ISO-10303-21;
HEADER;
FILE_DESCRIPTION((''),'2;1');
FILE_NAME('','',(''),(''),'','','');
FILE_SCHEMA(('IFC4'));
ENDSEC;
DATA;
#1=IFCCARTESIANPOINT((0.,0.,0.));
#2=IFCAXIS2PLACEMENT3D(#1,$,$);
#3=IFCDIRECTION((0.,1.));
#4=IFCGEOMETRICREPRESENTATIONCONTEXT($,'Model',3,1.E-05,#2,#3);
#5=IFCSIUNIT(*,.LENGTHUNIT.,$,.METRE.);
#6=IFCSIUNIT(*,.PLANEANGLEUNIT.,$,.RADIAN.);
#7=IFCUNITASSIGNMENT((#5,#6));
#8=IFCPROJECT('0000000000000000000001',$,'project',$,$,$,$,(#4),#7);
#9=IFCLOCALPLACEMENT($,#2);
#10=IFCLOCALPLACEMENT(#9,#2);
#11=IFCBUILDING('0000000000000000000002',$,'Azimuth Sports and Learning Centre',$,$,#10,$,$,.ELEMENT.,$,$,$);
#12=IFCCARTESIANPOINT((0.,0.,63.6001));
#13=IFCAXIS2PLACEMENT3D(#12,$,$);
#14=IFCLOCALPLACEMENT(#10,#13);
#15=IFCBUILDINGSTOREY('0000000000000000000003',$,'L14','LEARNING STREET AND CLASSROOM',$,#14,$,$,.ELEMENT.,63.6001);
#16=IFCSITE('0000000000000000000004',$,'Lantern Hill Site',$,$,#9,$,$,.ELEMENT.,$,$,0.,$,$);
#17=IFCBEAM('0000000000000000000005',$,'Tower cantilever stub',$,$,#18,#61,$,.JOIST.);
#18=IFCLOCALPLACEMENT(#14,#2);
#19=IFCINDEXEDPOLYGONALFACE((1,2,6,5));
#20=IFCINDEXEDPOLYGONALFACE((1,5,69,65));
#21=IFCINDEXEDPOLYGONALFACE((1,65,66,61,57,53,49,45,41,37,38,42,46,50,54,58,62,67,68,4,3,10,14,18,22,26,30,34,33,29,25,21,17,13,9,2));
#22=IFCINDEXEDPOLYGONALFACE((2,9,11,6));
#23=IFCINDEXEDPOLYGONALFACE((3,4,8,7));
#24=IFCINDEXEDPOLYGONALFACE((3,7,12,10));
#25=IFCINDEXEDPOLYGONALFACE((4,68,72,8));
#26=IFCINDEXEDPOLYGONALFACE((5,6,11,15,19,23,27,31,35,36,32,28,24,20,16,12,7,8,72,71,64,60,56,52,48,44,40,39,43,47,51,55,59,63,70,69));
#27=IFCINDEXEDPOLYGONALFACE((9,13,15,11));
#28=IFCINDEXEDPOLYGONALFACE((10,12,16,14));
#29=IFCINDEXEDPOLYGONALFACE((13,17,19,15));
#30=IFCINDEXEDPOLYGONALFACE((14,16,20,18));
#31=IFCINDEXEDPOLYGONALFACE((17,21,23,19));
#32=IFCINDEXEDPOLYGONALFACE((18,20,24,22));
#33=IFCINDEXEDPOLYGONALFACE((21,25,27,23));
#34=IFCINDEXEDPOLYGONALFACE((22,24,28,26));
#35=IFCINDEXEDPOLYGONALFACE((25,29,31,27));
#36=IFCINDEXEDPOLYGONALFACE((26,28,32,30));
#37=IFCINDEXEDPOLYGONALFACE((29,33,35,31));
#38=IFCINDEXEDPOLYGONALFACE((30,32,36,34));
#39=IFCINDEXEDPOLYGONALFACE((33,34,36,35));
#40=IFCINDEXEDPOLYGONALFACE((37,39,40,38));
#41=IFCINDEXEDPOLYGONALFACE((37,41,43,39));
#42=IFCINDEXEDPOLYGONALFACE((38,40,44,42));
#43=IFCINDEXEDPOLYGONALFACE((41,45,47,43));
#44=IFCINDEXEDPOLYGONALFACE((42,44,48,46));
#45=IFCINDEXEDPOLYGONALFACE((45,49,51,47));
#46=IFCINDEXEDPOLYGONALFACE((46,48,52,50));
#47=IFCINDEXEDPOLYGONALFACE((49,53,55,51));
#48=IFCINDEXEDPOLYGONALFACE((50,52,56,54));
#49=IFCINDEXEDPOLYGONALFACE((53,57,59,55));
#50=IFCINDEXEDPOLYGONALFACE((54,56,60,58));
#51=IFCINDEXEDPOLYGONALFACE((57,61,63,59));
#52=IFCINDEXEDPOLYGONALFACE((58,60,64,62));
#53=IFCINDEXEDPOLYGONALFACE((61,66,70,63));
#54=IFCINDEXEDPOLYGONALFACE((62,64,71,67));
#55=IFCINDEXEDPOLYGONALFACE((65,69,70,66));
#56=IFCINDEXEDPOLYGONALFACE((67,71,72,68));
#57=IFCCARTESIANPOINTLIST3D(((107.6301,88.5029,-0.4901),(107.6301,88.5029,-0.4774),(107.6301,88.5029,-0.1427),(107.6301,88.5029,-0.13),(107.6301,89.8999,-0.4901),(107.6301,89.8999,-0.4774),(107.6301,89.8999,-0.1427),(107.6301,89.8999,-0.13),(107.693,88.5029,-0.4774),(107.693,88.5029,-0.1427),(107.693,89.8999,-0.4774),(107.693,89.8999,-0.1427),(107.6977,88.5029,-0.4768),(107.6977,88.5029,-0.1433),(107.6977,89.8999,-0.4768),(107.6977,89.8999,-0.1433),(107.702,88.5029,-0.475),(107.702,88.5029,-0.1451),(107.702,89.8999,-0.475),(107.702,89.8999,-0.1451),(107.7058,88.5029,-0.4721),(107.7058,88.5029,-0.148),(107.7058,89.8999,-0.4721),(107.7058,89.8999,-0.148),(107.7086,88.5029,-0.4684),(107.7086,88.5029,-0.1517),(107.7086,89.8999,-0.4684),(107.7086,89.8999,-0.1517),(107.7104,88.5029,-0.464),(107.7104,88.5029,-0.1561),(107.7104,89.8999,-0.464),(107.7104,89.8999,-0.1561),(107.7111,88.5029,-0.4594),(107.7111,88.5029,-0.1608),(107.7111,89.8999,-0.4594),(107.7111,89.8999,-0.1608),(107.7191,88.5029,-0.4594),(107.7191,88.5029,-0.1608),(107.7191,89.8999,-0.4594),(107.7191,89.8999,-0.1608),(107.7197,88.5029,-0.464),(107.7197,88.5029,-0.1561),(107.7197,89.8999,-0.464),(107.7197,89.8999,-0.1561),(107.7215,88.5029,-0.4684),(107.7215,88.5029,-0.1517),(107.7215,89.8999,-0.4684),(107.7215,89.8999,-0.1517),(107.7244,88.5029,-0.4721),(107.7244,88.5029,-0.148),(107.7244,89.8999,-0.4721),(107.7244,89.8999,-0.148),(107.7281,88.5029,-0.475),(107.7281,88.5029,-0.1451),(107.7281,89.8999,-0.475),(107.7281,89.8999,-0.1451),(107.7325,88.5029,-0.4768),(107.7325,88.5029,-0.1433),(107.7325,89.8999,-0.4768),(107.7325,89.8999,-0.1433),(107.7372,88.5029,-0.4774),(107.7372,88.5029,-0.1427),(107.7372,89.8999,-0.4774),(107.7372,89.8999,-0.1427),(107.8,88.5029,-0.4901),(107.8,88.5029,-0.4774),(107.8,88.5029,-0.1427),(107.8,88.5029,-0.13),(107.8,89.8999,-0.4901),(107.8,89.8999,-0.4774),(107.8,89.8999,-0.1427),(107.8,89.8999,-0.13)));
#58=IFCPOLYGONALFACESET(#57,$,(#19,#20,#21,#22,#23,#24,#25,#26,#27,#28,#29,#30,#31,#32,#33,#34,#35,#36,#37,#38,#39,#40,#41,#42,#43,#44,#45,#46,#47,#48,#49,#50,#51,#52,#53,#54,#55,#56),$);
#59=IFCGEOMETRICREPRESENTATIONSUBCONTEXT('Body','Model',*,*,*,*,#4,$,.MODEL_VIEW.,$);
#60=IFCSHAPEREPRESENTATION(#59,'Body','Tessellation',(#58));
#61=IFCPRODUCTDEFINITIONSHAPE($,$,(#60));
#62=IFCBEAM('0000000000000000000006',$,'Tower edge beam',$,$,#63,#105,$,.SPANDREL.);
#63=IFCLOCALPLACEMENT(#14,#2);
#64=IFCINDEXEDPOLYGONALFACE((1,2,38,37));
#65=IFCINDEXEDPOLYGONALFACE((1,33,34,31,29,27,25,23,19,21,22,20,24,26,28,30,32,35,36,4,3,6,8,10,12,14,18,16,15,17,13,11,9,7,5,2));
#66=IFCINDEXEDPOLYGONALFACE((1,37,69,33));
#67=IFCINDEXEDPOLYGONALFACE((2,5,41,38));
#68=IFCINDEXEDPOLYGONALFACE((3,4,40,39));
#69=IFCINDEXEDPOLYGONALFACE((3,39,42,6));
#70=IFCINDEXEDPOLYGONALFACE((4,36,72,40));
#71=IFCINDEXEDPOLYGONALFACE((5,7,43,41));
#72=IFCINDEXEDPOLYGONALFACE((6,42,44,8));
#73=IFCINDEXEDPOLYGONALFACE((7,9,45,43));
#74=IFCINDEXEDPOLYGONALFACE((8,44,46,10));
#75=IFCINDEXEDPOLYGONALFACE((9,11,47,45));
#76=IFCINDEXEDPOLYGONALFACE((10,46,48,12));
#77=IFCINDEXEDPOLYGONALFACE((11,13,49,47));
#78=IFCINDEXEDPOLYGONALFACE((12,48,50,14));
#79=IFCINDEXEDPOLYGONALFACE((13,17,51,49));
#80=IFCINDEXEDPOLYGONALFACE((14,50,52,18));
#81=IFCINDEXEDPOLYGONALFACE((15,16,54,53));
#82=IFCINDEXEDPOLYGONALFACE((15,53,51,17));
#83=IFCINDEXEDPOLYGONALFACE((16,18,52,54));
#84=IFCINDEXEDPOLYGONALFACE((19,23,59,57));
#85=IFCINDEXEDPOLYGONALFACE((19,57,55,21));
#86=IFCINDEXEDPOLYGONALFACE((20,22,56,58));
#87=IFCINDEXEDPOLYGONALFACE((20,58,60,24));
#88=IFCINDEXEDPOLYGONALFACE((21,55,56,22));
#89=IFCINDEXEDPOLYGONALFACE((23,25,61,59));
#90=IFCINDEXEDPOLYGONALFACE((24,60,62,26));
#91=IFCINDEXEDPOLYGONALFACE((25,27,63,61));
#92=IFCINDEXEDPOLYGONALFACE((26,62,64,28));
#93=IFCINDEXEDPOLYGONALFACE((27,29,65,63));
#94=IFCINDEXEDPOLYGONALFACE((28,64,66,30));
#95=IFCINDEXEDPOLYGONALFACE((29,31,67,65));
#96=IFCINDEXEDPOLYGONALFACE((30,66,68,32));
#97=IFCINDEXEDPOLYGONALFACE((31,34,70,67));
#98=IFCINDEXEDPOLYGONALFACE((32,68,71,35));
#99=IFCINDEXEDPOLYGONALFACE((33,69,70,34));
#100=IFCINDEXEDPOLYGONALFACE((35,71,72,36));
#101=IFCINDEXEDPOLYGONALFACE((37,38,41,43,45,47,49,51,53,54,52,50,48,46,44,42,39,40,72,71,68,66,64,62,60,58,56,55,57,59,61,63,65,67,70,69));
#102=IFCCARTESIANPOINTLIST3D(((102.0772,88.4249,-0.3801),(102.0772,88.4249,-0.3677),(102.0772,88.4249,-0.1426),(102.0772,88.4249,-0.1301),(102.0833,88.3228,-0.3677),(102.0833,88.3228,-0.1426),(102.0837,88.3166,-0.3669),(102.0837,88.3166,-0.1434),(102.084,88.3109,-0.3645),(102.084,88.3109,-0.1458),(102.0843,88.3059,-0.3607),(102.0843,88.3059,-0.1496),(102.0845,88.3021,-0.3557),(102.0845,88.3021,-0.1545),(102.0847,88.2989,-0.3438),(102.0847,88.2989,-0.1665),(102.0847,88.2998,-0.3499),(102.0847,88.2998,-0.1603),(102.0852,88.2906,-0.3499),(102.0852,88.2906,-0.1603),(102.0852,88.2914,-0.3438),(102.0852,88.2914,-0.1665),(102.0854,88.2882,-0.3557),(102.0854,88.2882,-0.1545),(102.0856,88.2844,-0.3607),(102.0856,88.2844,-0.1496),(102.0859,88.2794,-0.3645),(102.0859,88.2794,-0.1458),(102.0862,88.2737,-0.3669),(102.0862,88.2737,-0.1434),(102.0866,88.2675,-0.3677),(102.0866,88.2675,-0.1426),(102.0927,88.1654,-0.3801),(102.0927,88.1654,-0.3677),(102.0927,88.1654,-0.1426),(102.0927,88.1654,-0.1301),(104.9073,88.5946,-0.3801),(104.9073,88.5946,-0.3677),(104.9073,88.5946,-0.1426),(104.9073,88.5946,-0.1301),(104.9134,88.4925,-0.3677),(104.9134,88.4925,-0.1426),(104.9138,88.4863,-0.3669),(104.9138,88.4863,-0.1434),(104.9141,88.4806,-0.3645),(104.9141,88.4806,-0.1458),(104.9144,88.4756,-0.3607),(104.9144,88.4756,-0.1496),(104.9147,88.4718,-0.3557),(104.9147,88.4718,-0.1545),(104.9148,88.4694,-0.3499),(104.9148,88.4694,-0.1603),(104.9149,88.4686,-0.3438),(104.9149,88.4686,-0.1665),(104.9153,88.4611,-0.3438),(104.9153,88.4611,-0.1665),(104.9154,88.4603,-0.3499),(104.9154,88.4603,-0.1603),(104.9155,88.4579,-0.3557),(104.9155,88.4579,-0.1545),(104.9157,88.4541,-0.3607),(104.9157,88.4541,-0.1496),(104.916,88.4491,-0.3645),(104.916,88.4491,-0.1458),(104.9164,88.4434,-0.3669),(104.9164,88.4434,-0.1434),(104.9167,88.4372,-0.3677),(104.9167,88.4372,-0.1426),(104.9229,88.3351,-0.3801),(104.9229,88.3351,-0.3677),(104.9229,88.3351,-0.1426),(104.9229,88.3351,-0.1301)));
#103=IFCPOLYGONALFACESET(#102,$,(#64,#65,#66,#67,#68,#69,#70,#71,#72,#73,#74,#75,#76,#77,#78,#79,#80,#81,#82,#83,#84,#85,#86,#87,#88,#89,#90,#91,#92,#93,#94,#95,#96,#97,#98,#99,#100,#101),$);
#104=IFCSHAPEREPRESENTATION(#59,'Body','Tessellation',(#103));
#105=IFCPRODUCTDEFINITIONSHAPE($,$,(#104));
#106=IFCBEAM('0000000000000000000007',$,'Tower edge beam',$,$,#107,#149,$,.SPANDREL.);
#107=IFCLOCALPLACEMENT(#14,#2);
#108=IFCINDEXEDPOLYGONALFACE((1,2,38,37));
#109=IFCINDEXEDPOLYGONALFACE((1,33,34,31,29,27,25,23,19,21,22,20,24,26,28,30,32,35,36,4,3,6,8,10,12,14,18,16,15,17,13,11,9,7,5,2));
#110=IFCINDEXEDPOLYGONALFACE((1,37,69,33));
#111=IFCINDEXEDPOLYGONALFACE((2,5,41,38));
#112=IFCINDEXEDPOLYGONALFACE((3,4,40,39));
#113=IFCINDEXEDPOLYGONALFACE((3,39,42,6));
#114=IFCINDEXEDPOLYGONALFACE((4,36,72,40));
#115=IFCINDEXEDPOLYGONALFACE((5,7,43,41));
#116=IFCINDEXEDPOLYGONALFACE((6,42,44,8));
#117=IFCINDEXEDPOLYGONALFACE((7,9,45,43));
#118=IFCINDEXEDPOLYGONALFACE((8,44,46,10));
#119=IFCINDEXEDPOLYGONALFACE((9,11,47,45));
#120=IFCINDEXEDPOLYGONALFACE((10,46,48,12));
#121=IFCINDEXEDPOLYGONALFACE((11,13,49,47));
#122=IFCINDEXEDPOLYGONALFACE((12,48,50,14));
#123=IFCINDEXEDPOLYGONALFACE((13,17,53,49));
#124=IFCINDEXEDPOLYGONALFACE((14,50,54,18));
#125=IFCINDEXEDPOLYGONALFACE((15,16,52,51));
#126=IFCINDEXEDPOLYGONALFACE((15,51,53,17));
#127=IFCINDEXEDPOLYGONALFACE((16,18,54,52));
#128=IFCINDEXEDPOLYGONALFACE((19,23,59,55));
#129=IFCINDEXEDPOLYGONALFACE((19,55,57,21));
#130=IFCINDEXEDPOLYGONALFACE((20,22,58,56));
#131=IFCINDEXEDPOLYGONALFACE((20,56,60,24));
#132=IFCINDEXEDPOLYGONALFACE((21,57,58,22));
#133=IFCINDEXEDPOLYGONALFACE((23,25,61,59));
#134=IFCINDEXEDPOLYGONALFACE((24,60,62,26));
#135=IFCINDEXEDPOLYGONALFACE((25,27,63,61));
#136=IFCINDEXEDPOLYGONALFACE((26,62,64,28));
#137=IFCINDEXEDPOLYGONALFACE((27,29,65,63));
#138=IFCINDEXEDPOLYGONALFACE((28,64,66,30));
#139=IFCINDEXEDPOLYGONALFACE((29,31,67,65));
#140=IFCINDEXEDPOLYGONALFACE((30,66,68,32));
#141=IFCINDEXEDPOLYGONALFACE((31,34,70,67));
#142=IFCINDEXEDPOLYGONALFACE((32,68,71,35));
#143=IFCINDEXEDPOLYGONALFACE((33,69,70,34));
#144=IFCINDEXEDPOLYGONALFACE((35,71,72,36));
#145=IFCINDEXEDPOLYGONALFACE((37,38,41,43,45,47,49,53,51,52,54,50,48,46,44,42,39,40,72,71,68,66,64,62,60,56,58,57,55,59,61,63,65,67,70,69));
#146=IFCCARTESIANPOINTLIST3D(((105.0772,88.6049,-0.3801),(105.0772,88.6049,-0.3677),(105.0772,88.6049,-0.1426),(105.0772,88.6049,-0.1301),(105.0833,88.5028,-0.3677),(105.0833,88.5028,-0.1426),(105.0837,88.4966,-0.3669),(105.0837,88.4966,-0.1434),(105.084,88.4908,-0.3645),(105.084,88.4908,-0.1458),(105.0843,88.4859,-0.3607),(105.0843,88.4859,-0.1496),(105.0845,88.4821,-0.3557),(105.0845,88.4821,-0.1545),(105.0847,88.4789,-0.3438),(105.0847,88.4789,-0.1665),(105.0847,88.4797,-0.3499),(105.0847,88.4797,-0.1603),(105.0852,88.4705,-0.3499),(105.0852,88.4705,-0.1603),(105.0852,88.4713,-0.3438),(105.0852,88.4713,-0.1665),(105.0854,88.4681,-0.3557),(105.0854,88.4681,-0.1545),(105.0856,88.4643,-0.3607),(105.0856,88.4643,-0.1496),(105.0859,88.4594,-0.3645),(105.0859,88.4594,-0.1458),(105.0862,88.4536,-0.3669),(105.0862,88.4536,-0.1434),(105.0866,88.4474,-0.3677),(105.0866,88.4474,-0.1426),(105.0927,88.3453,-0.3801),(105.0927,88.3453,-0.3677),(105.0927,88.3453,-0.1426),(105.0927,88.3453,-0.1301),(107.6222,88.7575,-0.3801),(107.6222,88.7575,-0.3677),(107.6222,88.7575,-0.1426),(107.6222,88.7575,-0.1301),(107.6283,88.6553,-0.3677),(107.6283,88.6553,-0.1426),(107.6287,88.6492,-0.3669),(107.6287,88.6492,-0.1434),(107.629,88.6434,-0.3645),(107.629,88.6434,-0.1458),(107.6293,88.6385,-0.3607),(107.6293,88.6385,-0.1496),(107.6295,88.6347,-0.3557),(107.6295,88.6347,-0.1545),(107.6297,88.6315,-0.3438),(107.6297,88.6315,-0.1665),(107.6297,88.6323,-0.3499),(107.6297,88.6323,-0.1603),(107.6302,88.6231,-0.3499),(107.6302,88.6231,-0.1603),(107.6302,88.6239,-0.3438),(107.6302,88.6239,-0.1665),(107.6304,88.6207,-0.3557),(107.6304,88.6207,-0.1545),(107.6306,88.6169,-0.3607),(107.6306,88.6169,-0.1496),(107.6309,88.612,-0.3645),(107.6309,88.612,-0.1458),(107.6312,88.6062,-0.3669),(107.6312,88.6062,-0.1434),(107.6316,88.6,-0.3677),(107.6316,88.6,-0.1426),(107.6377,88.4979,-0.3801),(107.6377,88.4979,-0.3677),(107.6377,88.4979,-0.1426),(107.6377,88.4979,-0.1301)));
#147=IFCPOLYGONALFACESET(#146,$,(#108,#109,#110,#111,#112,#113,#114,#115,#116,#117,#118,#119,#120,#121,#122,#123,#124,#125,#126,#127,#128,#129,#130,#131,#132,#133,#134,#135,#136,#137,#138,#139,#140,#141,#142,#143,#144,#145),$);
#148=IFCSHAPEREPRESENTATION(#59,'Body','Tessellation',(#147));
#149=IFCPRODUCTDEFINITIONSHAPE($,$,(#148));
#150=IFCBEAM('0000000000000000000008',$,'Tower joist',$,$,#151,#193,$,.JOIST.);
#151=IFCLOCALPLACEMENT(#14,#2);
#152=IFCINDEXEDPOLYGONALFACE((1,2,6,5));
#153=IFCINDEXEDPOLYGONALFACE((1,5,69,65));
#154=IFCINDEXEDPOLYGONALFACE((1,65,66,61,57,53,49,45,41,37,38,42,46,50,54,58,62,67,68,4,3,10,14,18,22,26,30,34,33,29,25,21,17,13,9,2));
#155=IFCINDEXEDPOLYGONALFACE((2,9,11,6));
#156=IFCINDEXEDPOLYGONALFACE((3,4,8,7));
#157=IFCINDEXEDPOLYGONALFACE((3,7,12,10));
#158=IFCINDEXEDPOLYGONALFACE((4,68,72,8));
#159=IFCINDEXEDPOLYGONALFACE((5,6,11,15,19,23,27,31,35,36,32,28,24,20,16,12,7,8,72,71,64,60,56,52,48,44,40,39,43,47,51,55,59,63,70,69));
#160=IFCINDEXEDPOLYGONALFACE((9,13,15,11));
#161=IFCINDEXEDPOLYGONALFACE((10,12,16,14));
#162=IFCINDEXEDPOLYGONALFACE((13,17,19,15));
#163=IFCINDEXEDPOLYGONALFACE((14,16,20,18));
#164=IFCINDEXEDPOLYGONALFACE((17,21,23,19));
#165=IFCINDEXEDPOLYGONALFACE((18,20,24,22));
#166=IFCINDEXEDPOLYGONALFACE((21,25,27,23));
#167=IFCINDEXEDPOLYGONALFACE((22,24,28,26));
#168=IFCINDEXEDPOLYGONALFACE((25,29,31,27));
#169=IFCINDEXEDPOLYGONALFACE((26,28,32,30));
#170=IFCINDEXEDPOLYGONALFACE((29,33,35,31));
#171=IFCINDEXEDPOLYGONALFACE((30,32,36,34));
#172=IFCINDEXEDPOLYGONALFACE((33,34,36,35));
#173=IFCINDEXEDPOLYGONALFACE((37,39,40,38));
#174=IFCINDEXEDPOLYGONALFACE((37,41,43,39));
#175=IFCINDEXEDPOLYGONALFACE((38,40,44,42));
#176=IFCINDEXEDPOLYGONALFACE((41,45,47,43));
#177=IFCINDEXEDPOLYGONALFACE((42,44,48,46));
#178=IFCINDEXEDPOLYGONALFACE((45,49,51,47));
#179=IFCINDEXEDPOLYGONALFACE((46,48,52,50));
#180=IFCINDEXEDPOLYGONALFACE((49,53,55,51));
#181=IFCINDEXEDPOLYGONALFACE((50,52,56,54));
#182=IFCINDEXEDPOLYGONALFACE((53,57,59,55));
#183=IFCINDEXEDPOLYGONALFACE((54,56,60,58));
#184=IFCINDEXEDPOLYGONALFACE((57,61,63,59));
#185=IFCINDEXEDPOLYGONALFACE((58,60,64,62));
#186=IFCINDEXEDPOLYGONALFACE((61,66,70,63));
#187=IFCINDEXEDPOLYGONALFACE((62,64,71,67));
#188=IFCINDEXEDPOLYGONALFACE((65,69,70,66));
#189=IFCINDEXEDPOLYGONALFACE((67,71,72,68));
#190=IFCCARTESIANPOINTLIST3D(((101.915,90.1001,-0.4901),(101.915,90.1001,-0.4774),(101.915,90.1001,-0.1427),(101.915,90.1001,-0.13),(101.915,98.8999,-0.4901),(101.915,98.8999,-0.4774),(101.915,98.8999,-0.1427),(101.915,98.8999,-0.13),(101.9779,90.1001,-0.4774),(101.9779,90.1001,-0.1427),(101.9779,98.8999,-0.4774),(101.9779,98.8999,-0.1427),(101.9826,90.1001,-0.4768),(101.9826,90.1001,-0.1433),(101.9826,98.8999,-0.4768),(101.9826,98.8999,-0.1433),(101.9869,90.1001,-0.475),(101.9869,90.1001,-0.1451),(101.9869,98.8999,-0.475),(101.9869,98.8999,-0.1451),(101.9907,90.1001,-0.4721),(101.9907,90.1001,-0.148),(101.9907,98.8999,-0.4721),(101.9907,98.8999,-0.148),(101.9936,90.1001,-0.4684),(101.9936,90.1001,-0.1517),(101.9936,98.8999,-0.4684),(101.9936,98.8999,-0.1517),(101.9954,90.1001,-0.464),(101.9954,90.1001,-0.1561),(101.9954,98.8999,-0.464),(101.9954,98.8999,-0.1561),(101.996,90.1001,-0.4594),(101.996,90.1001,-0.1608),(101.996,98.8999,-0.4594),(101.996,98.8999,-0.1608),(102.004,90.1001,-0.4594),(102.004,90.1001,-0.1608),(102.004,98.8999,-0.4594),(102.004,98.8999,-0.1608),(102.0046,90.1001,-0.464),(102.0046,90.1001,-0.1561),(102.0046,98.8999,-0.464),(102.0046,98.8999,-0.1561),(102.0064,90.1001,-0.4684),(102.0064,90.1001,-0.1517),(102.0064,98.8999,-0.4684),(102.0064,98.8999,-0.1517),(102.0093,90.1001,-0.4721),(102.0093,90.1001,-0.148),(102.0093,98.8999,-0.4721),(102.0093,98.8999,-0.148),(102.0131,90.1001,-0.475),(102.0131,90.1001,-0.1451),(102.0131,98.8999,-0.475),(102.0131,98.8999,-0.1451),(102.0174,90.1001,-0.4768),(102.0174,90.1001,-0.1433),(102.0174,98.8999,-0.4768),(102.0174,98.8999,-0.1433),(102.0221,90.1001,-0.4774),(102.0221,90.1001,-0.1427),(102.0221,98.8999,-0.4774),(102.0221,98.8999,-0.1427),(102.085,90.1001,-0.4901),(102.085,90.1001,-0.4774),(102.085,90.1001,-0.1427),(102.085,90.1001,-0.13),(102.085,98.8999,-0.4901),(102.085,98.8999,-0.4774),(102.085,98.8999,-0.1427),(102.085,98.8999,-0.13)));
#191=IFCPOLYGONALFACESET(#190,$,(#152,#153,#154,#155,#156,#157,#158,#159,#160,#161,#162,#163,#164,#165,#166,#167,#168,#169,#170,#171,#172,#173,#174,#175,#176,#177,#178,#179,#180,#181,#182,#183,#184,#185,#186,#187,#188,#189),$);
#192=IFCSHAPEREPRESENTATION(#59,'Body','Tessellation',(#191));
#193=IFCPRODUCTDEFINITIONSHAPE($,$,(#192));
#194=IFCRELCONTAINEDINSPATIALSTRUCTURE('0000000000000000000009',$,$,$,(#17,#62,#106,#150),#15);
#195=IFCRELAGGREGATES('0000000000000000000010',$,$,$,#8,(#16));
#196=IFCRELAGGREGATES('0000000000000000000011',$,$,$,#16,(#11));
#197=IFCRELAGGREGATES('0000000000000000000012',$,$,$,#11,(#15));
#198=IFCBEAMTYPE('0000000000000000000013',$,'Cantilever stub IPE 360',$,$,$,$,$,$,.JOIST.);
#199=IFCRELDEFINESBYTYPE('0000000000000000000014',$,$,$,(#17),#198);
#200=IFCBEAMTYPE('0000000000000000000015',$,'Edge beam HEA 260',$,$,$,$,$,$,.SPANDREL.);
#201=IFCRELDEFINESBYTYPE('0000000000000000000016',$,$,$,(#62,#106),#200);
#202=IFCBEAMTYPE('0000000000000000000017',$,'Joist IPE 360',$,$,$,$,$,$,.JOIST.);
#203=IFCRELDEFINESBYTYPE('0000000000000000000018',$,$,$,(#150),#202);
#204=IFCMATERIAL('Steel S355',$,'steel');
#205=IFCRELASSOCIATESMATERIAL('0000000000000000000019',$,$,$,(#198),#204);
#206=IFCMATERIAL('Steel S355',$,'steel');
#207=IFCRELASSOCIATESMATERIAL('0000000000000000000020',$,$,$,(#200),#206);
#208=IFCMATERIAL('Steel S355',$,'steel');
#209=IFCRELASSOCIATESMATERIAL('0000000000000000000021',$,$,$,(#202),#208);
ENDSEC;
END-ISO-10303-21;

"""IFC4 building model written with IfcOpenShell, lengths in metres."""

from ifc_helpers import new_model, si_unit, direction, frame, origin, origin_2d, place, context, subcontext, project, spatial, i_section, extrude, material, material_profile, profile_set, type_object, element, save


model = new_model("IFC4")

# Units and contexts
model_context = context("Model", 3, precision=1e-05, world=origin(), true_north=direction((0.0, 1.0)))
body_context = subcontext(model_context, "Body", "Model", "MODEL_VIEW")
ifc_project = project(units=[si_unit("LENGTHUNIT", "METRE"), si_unit("PLANEANGLEUNIT", "RADIAN")], contexts=[model_context])

# Site, building, storey
site_placement = place(None, origin())
site = spatial("IfcSite", under=ifc_project, at=site_placement, Name="Lantern Hill Site", CompositionType="ELEMENT", RefElevation=0.0)
building_placement = place(site_placement, origin())
building = spatial("IfcBuilding", under=site, at=building_placement, Name="Azimuth Sports and Learning Centre", CompositionType="ELEMENT")
storey_placement = place(building_placement, frame((0.0, 0.0, 63.6001)))
storey = spatial("IfcBuildingStorey", under=building, at=storey_placement, Name="L14", Description="LEARNING STREET AND CLASSROOM", CompositionType="ELEMENT", Elevation=63.6001)

# Beams
ifc_material_1 = material(Name="Steel S355", Category="steel")
ifc_material_profile_1 = material_profile(ifc_material_1, i_section(OverallWidth=0.1699, OverallDepth=0.3601, WebThickness=0.0081, FlangeThickness=0.0127, FilletRadius=0.0181, at=origin_2d()), Name="IPE 360")
ifc_profile_set_1 = profile_set([ifc_material_profile_1], Name="Steel S355")
beam_type_1 = type_object("IfcBeamType", Name="Cantilever stub IPE 360", PredefinedType="JOIST", material=ifc_profile_set_1)
beam_1_placement = place(storey_placement, frame((107.7151, 89.8999, -0.3101), z_axis=(0.0, -1.0, 0.0), x_axis=(1.0, 0.0, 0.0)))
element("IfcBeam", 1, at=beam_1_placement, inside=storey, type_object=beam_type_1, Name="Tower cantilever stub", PredefinedType="JOIST", context=body_context, shape_type="SweptSolid", body=[
    extrude(i_section(OverallWidth=0.1699, OverallDepth=0.3601, WebThickness=0.0081, FlangeThickness=0.0127, FilletRadius=0.0181, at=origin_2d()), origin(), (0.0, 0.0, 1.0), 1.397),
])
ifc_material_2 = material(Name="Steel S355", Category="steel")
ifc_material_profile_2 = material_profile(ifc_material_2, i_section(OverallWidth=0.26, OverallDepth=0.25, WebThickness=0.0076, FlangeThickness=0.0125, FilletRadius=0.0239, at=origin_2d()), Name="HEA 260")
ifc_profile_set_2 = profile_set([ifc_material_profile_2], Name="Steel S355")
beam_type_2 = type_object("IfcBeamType", Name="Edge beam HEA 260", PredefinedType="SPANDREL", material=ifc_profile_set_2)
beam_2_placement = place(storey_placement, frame((102.085, 88.2952, -0.2551), z_axis=(0.998208, 0.059848, 0.0), x_axis=(-0.059848, 0.998208, 0.0)))
element("IfcBeam", 2, at=beam_2_placement, inside=storey, type_object=beam_type_2, Name="Tower edge beam", PredefinedType="SPANDREL", context=body_context, shape_type="SweptSolid", body=[
    extrude(i_section(OverallWidth=0.26, OverallDepth=0.25, WebThickness=0.0076, FlangeThickness=0.0125, FilletRadius=0.0239, at=origin_2d()), origin(), (0.0, 0.0, 1.0), 2.8352),
])
beam_3_placement = place(storey_placement, frame((105.085, 88.4751, -0.2551), z_axis=(0.998207, 0.05985, 0.0), x_axis=(-0.05985, 0.998207, 0.0)))
element("IfcBeam", 3, at=beam_3_placement, inside=storey, type_object=beam_type_2, Name="Tower edge beam", PredefinedType="SPANDREL", context=body_context, shape_type="SweptSolid", body=[
    extrude(i_section(OverallWidth=0.26, OverallDepth=0.25, WebThickness=0.0076, FlangeThickness=0.0125, FilletRadius=0.0239, at=origin_2d()), origin(), (0.0, 0.0, 1.0), 2.5496),
])
ifc_material_3 = material(Name="Steel S355", Category="steel")
ifc_material_profile_3 = material_profile(ifc_material_3, i_section(OverallWidth=0.1699, OverallDepth=0.3601, WebThickness=0.0081, FlangeThickness=0.0127, FilletRadius=0.0181, at=origin_2d()), Name="IPE 360")
ifc_profile_set_3 = profile_set([ifc_material_profile_3], Name="Steel S355")
beam_type_3 = type_object("IfcBeamType", Name="Joist IPE 360", PredefinedType="JOIST", material=ifc_profile_set_3)
for number, where, z_axis, x_axis, name in (
    (4, (102.0, 90.1001, -0.3101), (0.0, 1.0, 0.0), (-1.0, 0.0, 0.0), "Tower joist"),
):
    element("IfcBeam", number, at=place(storey_placement, frame(where, z_axis=z_axis, x_axis=x_axis)), inside=storey, type_object=beam_type_3, Name=name, PredefinedType="JOIST", context=body_context, shape_type="SweptSolid", body=[
        extrude(i_section(OverallWidth=0.1699, OverallDepth=0.3601, WebThickness=0.0081, FlangeThickness=0.0127, FilletRadius=0.0181, at=origin_2d()), origin(), (0.0, 0.0, 1.0), 8.7998),
    ])

save(model, "model.ifc")
